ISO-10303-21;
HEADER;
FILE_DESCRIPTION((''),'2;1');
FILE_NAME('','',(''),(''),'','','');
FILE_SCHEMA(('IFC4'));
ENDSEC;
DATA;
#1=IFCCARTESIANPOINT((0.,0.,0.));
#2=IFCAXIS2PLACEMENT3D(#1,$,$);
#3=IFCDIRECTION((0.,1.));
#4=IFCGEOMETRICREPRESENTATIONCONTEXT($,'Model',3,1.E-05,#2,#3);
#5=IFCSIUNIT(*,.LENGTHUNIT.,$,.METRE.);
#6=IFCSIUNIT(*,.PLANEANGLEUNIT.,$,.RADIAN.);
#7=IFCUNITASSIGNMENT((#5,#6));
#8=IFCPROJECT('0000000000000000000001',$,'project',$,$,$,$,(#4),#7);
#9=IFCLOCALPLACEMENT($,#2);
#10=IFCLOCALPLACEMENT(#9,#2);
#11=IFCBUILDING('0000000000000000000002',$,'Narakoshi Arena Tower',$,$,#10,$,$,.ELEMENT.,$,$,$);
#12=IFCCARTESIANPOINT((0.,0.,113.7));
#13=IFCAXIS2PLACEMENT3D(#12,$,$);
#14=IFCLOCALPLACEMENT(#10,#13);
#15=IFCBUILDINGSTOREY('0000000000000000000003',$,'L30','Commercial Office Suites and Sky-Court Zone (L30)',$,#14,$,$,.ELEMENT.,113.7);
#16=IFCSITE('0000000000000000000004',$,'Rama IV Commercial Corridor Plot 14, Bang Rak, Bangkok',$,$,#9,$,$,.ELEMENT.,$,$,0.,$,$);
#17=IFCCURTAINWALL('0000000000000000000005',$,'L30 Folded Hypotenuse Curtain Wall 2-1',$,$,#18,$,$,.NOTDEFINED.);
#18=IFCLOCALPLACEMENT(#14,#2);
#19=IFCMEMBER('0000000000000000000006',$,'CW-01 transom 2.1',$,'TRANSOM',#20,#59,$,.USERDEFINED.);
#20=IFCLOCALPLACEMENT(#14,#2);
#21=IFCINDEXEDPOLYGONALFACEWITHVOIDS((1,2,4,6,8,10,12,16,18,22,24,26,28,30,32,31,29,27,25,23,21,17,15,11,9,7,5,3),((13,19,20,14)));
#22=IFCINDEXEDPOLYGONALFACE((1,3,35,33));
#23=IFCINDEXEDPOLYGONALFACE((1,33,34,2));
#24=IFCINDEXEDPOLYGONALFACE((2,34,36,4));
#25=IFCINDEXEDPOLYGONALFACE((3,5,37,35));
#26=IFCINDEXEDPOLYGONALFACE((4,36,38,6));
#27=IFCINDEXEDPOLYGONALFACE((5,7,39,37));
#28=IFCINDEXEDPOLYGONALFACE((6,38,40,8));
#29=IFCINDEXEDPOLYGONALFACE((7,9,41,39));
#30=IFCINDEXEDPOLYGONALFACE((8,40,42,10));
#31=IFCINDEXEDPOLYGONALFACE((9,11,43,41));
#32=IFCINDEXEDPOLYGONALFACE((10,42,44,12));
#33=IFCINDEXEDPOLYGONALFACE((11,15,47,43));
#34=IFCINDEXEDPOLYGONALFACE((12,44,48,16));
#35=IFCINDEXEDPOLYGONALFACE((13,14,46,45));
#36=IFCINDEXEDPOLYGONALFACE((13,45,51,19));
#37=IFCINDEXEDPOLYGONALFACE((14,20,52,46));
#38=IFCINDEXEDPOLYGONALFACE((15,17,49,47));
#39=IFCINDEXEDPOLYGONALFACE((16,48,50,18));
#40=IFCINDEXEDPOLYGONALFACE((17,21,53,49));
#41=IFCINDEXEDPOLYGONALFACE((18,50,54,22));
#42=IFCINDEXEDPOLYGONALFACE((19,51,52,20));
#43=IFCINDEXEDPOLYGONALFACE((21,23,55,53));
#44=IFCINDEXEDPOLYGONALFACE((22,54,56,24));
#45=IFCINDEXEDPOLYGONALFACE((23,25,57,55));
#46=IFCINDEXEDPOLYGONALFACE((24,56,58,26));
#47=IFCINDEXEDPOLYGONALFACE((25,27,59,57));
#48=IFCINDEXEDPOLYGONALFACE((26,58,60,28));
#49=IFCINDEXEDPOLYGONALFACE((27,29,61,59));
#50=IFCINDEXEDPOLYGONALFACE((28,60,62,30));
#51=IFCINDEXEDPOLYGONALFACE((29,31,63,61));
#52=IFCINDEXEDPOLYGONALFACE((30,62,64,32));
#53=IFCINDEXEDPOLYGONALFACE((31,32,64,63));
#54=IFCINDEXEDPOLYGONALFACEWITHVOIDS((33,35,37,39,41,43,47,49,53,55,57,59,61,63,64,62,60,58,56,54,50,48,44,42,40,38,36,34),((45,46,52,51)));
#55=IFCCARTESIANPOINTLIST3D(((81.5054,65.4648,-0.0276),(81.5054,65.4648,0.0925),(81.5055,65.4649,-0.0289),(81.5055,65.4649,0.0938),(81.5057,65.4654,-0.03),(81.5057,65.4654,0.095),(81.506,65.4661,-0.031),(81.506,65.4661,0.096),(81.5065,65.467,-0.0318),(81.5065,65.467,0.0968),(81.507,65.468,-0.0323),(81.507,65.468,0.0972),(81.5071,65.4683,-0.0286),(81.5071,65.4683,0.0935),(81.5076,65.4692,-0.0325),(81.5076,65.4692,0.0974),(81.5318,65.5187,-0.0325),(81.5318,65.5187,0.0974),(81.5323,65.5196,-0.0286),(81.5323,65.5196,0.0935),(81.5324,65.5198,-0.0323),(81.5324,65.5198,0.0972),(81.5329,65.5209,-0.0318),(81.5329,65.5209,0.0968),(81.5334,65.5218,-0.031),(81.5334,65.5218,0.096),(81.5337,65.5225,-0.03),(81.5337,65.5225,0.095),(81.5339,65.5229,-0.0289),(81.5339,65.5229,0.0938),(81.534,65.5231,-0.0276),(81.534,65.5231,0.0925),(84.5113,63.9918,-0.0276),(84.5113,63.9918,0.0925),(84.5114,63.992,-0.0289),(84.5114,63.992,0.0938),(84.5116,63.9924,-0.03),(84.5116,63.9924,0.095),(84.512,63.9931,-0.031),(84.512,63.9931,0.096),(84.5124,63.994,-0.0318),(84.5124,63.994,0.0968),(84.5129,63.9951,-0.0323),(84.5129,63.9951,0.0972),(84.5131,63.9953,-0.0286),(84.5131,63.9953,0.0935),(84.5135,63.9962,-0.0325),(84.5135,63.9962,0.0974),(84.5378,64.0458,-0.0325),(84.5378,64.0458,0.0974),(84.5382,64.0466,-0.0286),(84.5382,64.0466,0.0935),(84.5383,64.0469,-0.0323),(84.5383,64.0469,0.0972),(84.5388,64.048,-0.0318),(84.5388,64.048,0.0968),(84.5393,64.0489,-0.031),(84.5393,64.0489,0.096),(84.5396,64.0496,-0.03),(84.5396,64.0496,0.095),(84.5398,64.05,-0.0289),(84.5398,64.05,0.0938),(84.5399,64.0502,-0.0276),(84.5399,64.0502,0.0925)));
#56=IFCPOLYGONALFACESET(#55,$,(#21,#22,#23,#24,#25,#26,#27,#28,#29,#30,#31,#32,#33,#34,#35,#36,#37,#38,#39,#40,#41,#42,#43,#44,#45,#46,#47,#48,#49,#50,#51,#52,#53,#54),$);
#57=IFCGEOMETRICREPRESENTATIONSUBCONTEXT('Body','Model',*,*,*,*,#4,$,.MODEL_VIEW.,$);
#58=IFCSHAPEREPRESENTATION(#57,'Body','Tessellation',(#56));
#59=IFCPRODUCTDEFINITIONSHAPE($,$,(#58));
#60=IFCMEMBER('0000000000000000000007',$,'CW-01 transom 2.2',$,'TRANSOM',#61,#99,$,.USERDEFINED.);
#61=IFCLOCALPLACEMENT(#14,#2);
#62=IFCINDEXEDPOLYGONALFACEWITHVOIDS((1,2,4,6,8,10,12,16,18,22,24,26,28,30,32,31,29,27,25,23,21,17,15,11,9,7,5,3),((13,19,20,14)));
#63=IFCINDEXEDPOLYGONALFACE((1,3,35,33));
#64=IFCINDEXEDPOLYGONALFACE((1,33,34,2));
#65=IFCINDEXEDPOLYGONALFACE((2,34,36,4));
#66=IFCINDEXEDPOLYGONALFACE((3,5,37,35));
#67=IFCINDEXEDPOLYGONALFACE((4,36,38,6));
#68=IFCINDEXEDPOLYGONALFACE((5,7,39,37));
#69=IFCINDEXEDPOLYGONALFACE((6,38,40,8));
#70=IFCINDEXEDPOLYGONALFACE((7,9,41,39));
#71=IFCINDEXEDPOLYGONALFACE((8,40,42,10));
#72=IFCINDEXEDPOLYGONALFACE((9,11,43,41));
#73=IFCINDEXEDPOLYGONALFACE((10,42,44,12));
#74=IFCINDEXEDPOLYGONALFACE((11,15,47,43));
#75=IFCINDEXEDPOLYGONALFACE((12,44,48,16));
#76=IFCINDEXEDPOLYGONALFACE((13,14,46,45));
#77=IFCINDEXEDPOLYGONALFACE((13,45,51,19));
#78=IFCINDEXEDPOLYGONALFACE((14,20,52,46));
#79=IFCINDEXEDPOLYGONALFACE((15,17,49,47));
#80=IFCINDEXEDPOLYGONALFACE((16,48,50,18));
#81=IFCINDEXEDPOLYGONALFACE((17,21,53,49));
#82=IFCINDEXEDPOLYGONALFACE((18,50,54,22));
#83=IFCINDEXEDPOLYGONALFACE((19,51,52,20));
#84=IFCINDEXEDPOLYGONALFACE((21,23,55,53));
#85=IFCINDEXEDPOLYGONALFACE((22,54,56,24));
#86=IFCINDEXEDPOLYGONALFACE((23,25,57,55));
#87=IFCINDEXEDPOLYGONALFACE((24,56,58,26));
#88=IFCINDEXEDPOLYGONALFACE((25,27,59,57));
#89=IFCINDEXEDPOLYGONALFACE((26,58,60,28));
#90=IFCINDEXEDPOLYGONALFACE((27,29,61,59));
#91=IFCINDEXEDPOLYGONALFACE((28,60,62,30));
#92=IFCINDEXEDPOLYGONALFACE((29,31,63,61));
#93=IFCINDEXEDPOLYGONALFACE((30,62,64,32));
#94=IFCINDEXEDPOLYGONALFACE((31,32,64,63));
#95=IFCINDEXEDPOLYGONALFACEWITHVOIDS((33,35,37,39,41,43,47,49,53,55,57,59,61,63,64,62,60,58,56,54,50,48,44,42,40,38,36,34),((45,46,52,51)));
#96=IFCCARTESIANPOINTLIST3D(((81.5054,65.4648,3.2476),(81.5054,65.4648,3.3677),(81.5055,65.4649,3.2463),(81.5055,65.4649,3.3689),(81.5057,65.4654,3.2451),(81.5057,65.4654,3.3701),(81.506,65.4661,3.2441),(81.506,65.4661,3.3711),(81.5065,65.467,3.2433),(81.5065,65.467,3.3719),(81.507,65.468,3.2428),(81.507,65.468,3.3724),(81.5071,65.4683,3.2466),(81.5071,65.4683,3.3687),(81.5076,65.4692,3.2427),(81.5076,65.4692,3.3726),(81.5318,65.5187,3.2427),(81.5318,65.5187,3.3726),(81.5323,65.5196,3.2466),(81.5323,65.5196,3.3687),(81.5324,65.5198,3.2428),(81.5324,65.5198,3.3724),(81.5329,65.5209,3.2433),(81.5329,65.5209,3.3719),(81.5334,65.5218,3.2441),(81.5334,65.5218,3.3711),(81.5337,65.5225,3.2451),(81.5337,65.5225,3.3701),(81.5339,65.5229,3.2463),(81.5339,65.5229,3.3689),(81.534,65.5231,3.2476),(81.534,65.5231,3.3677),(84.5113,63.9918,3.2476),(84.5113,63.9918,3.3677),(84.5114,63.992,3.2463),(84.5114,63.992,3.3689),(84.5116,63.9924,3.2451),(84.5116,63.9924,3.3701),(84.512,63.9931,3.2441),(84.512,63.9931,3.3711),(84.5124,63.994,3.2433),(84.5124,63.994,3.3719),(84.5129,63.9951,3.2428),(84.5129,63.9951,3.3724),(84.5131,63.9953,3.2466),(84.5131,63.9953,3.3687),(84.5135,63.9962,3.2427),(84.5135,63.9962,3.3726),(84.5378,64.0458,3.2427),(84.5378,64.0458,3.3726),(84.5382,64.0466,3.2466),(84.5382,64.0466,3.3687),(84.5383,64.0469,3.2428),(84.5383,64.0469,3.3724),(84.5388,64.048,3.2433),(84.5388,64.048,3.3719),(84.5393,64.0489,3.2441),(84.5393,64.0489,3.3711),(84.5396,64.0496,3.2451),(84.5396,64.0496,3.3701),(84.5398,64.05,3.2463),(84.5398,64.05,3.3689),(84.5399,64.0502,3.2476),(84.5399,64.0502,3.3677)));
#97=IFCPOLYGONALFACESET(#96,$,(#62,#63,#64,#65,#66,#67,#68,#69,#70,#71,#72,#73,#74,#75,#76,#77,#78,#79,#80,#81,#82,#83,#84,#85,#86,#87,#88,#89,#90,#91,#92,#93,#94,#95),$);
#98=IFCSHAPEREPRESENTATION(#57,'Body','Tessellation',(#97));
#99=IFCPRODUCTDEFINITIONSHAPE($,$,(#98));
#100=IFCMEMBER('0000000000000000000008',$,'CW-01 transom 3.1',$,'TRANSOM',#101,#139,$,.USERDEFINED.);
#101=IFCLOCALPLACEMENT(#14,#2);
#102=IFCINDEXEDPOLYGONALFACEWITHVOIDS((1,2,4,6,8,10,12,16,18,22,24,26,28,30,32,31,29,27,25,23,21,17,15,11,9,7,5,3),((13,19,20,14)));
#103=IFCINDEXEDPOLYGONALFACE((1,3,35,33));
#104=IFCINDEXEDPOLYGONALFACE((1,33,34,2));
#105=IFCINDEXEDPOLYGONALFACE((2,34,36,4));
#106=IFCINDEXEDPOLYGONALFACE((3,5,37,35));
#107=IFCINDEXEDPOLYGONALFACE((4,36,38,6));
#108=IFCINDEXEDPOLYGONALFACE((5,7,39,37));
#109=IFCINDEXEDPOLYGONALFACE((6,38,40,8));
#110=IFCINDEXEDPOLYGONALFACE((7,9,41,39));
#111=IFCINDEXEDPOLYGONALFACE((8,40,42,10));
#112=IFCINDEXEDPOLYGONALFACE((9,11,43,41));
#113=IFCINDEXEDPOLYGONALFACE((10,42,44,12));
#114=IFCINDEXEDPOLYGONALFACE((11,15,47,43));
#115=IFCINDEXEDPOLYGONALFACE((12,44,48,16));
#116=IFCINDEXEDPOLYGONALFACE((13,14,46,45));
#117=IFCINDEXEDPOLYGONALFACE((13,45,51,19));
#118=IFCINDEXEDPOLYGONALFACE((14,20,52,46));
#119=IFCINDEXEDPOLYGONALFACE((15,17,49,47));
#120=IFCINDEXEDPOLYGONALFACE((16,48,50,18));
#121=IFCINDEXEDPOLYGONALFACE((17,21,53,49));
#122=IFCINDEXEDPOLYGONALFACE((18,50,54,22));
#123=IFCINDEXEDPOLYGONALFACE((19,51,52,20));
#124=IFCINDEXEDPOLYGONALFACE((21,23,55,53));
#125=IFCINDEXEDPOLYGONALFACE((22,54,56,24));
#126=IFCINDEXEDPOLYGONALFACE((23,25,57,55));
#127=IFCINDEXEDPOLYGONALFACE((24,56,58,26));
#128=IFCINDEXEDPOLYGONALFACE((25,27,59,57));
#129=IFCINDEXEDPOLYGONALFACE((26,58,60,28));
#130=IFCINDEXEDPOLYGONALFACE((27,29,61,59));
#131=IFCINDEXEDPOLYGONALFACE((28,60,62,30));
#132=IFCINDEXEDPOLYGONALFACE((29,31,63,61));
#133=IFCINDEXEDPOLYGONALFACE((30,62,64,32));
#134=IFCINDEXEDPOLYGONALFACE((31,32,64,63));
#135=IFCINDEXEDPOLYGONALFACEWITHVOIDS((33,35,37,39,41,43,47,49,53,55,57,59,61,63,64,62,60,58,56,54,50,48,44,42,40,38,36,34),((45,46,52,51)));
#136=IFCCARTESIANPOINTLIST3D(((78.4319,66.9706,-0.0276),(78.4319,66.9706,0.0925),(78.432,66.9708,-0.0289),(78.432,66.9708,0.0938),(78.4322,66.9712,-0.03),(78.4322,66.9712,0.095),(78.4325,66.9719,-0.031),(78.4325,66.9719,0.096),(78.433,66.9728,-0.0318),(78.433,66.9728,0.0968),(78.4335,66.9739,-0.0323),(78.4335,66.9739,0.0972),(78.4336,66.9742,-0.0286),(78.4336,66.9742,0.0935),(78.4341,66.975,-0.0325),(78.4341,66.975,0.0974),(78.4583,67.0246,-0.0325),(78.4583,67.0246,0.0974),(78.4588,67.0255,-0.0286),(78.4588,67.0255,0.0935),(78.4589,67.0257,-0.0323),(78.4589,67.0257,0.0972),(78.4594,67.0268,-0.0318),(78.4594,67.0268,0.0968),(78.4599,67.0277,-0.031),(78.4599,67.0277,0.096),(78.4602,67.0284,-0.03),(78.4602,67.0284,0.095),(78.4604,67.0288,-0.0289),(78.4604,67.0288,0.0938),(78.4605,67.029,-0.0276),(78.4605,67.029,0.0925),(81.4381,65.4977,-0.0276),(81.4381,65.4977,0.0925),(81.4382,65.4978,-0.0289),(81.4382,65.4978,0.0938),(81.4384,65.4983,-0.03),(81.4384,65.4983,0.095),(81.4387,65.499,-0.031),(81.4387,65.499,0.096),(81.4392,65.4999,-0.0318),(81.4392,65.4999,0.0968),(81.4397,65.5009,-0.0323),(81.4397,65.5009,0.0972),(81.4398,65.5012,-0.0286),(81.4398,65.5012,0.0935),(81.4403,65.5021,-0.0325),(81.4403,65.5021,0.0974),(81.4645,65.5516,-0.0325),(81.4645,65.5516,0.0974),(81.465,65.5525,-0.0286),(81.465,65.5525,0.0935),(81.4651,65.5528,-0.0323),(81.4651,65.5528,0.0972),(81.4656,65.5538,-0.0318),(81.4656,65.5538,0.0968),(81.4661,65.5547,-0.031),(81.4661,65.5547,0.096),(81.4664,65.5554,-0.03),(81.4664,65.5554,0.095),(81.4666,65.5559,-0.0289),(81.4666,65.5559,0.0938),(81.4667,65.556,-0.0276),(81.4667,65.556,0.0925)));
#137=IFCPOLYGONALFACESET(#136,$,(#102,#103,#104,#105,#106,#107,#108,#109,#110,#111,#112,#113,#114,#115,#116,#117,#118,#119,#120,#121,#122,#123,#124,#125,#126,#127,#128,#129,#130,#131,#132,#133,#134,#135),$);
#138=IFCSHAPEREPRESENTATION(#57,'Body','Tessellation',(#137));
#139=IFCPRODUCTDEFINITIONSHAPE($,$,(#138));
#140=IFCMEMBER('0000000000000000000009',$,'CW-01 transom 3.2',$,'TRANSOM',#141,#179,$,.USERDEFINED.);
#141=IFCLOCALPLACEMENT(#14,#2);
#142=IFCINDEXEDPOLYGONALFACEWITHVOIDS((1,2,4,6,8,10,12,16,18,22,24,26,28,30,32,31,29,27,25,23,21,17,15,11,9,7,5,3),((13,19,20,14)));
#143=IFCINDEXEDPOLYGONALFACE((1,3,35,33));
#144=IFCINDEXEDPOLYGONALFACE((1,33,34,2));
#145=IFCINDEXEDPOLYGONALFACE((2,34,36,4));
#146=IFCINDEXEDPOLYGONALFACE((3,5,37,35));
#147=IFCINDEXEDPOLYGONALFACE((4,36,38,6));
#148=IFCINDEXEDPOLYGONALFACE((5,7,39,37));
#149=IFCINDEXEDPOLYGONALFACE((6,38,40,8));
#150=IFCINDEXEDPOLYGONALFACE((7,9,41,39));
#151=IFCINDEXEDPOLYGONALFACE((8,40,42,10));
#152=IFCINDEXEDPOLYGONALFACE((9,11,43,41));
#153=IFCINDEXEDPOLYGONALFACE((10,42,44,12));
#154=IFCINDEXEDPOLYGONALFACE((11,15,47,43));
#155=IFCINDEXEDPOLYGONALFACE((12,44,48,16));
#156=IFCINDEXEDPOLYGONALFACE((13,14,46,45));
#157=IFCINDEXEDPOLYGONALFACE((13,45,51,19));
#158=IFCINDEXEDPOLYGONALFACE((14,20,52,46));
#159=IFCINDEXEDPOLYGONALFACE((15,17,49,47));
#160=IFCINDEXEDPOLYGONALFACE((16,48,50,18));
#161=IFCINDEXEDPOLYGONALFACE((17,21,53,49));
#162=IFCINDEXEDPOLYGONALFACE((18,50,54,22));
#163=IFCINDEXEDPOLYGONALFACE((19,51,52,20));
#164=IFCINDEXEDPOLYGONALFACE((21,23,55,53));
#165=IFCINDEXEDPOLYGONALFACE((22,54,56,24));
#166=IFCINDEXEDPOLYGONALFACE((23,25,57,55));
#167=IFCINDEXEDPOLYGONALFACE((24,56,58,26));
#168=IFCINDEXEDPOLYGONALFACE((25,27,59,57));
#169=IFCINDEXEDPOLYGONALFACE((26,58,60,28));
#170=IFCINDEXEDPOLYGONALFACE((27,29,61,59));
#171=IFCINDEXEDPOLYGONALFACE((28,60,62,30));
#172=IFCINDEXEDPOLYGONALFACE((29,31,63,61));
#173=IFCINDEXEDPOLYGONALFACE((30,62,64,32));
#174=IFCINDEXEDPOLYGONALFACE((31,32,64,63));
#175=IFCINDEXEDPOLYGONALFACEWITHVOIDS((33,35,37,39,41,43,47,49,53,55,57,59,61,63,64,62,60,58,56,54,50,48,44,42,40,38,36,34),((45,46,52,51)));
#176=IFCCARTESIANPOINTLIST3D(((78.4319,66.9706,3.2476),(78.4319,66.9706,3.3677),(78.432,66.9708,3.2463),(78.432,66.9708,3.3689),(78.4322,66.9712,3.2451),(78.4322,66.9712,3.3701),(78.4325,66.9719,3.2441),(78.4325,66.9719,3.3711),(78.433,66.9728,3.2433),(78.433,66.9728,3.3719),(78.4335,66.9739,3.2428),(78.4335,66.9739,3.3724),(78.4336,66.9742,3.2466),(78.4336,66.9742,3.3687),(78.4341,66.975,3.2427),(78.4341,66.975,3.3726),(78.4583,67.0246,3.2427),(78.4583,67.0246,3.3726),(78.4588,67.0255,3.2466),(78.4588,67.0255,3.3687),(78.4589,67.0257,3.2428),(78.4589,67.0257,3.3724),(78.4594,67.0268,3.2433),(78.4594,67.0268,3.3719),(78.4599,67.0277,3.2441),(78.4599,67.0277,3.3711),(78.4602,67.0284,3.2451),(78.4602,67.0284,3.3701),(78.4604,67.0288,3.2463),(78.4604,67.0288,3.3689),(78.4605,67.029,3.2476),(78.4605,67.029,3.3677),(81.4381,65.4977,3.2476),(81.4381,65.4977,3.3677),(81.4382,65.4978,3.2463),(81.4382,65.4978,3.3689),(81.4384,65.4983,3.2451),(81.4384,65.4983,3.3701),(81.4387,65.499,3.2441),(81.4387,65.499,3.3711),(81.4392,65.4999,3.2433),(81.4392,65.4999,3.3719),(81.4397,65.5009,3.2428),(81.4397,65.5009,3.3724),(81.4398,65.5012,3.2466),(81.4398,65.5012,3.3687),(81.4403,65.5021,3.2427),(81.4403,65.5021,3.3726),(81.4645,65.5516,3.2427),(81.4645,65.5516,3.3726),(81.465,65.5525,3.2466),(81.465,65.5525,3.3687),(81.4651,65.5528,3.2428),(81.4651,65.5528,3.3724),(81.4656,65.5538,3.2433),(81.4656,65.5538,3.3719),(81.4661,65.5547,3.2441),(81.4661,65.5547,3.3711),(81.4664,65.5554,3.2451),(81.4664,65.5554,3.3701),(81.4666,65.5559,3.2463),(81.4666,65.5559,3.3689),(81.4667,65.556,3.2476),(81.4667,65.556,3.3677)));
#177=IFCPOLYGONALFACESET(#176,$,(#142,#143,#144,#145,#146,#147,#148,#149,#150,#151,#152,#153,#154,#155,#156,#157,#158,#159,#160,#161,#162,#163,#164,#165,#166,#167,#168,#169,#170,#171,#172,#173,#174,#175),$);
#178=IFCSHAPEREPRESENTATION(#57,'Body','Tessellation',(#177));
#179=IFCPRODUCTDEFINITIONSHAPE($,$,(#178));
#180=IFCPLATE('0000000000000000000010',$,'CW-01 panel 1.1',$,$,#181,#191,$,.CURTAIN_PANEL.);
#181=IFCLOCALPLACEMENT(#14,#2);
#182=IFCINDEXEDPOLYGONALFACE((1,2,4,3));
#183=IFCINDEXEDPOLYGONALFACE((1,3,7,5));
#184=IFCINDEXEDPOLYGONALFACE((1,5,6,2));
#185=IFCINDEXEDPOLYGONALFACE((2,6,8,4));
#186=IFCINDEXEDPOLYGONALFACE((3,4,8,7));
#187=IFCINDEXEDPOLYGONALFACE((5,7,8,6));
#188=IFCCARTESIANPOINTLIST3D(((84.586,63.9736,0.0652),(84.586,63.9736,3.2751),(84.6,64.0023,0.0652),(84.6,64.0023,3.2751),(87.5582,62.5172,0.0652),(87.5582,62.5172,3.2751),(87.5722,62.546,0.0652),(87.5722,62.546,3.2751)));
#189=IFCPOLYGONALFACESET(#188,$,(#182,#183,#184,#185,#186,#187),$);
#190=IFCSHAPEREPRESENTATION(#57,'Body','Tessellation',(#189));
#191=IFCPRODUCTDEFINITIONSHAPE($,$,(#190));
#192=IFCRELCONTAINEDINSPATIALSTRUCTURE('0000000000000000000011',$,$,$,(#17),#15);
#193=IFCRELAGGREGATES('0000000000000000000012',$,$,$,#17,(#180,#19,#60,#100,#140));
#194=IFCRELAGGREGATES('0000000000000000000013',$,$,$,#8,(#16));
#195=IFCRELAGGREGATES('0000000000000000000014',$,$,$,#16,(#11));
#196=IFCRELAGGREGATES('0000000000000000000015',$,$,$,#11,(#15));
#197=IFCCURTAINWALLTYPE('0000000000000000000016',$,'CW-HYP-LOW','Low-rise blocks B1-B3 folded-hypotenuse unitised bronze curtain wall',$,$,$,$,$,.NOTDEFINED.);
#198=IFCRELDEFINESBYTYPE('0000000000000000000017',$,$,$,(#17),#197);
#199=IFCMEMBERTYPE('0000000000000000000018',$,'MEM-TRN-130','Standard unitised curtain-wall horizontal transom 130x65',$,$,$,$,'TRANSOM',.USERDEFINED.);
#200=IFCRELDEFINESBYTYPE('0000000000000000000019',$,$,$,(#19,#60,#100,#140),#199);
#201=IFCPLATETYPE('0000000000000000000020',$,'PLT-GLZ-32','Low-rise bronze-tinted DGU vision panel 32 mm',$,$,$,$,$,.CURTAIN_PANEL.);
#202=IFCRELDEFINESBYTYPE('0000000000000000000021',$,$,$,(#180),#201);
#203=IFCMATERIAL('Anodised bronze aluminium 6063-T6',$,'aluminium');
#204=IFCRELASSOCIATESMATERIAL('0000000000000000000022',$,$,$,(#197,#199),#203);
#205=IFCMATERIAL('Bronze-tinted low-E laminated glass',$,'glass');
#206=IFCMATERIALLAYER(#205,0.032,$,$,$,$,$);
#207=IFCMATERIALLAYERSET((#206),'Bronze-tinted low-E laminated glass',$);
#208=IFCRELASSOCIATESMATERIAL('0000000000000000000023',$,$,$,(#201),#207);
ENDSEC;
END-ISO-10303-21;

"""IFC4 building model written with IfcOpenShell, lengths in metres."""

from ifc_helpers import new_model, si_unit, direction, frame, origin, origin_2d, place, context, subcontext, project, spatial, rectangle, hollow_rectangle, extrude, material, layer, layer_set, material_profile, profile_set, type_object, element, aggregate, save


model = new_model("IFC4")

# Units and contexts
model_context = context("Model", 3, precision=1e-05, world=origin(), true_north=direction((0.0, 1.0)))
body_context = subcontext(model_context, "Body", "Model", "MODEL_VIEW")
ifc_project = project(units=[si_unit("LENGTHUNIT", "METRE"), si_unit("PLANEANGLEUNIT", "RADIAN")], contexts=[model_context])

# Site, building, storey
site_placement = place(None, origin())
site = spatial("IfcSite", under=ifc_project, at=site_placement, Name="Rama IV Commercial Corridor Plot 14, Bang Rak, Bangkok", CompositionType="ELEMENT", RefElevation=0.0)
building_placement = place(site_placement, origin())
building = spatial("IfcBuilding", under=site, at=building_placement, Name="Narakoshi Arena Tower", CompositionType="ELEMENT")
storey_placement = place(building_placement, frame((0.0, 0.0, 113.7)))
storey = spatial("IfcBuildingStorey", under=building, at=storey_placement, Name="L30", Description="Commercial Office Suites and Sky-Court Zone (L30)", CompositionType="ELEMENT", Elevation=113.7)

# Curtain wall, members, plate
ifc_material_1 = material(Name="Anodised bronze aluminium 6063-T6", Category="aluminium")
curtain_wall_type = type_object("IfcCurtainWallType", Name="CW-HYP-LOW", Description="Low-rise blocks B1-B3 folded-hypotenuse unitised bronze curtain wall", PredefinedType="NOTDEFINED", material=ifc_material_1)
curtain_wall_placement = place(storey_placement, origin())
curtain_wall = element("IfcCurtainWall", 1, at=curtain_wall_placement, inside=storey, type_object=curtain_wall_type, Name="L30 Folded Hypotenuse Curtain Wall 2-1", PredefinedType="NOTDEFINED")
ifc_material_profile_1 = material_profile(ifc_material_1, hollow_rectangle(XDim=0.0649, YDim=0.1299, WallThickness=0.0039, OuterFilletRadius=0.0049, at=origin_2d()), Name="TRN130x65x4")
ifc_profile_set_1 = profile_set([ifc_material_profile_1], Name="Anodised bronze aluminium 6063-T6")
member_type_1 = type_object("IfcMemberType", Name="MEM-TRN-130", Description="Standard unitised curtain-wall horizontal transom 130x65", ElementType="TRANSOM", PredefinedType="USERDEFINED", material=ifc_profile_set_1)
member_1_placement = place(storey_placement, frame((84.5256, 64.021, 0.0325), z_axis=(-0.897987, 0.440022, 0.0), x_axis=(-0.440022, -0.897987, 0.0)))
member_1 = element("IfcMember", 2, at=member_1_placement, type_object=member_type_1, Name="CW-01 transom 2.1", ObjectType="TRANSOM", PredefinedType="USERDEFINED", context=body_context, shape_type="SweptSolid", body=[
    extrude(hollow_rectangle(XDim=0.0649, YDim=0.1299, WallThickness=0.0039, OuterFilletRadius=0.0049, at=origin_2d()), origin(), (0.0, 0.0, 1.0), 3.3474),
])
member_2_placement = place(storey_placement, frame((84.5256, 64.021, 3.3076), z_axis=(-0.897987, 0.440022, 0.0), x_axis=(-0.440022, -0.897987, 0.0)))
member_2 = element("IfcMember", 3, at=member_2_placement, type_object=member_type_1, Name="CW-01 transom 2.2", ObjectType="TRANSOM", PredefinedType="USERDEFINED", context=body_context, shape_type="SweptSolid", body=[
    extrude(hollow_rectangle(XDim=0.0649, YDim=0.1299, WallThickness=0.0039, OuterFilletRadius=0.0049, at=origin_2d()), origin(), (0.0, 0.0, 1.0), 3.3474),
])
member_3_placement = place(storey_placement, frame((81.4524, 65.5269, 0.0325), z_axis=(-0.898001, 0.439993, 0.0), x_axis=(-0.439993, -0.898001, 0.0)))
member_3 = element("IfcMember", 4, at=member_3_placement, type_object=member_type_1, Name="CW-01 transom 3.1", ObjectType="TRANSOM", PredefinedType="USERDEFINED", context=body_context, shape_type="SweptSolid", body=[
    extrude(hollow_rectangle(XDim=0.0649, YDim=0.1299, WallThickness=0.0039, OuterFilletRadius=0.0049, at=origin_2d()), origin(), (0.0, 0.0, 1.0), 3.3477),
])
member_4_placement = place(storey_placement, frame((81.4524, 65.5269, 3.3076), z_axis=(-0.898001, 0.439993, 0.0), x_axis=(-0.439993, -0.898001, 0.0)))
member_4 = element("IfcMember", 5, at=member_4_placement, type_object=member_type_1, Name="CW-01 transom 3.2", ObjectType="TRANSOM", PredefinedType="USERDEFINED", context=body_context, shape_type="SweptSolid", body=[
    extrude(hollow_rectangle(XDim=0.0649, YDim=0.1299, WallThickness=0.0039, OuterFilletRadius=0.0049, at=origin_2d()), origin(), (0.0, 0.0, 1.0), 3.3477),
])
ifc_material_2 = material(Name="Bronze-tinted low-E laminated glass", Category="glass")
ifc_layer_1 = layer(ifc_material_2, 0.032)
ifc_layer_set_1 = layer_set([ifc_layer_1], Name="Bronze-tinted low-E laminated glass")
plate_type = type_object("IfcPlateType", Name="PLT-GLZ-32", Description="Low-rise bronze-tinted DGU vision panel 32 mm", PredefinedType="CURTAIN_PANEL", material=ifc_layer_set_1)
plate_1_placement = place(storey_placement, frame((86.0791, 63.2598, 0.0652), z_axis=(0.0, 0.0, 1.0), x_axis=(-0.897996, 0.440005, 0.0)))
plate_1 = element("IfcPlate", 6, at=plate_1_placement, type_object=plate_type, Name="CW-01 panel 1.1", PredefinedType="CURTAIN_PANEL", context=body_context, shape_type="SweptSolid", body=[
    extrude(rectangle(XDim=3.3098, YDim=0.032, at=origin_2d()), origin(), (0.0, 0.0, 1.0), 3.21),
])
aggregate(curtain_wall, [plate_1, member_1, member_2, member_3, member_4])

save(model, "model.ifc")
